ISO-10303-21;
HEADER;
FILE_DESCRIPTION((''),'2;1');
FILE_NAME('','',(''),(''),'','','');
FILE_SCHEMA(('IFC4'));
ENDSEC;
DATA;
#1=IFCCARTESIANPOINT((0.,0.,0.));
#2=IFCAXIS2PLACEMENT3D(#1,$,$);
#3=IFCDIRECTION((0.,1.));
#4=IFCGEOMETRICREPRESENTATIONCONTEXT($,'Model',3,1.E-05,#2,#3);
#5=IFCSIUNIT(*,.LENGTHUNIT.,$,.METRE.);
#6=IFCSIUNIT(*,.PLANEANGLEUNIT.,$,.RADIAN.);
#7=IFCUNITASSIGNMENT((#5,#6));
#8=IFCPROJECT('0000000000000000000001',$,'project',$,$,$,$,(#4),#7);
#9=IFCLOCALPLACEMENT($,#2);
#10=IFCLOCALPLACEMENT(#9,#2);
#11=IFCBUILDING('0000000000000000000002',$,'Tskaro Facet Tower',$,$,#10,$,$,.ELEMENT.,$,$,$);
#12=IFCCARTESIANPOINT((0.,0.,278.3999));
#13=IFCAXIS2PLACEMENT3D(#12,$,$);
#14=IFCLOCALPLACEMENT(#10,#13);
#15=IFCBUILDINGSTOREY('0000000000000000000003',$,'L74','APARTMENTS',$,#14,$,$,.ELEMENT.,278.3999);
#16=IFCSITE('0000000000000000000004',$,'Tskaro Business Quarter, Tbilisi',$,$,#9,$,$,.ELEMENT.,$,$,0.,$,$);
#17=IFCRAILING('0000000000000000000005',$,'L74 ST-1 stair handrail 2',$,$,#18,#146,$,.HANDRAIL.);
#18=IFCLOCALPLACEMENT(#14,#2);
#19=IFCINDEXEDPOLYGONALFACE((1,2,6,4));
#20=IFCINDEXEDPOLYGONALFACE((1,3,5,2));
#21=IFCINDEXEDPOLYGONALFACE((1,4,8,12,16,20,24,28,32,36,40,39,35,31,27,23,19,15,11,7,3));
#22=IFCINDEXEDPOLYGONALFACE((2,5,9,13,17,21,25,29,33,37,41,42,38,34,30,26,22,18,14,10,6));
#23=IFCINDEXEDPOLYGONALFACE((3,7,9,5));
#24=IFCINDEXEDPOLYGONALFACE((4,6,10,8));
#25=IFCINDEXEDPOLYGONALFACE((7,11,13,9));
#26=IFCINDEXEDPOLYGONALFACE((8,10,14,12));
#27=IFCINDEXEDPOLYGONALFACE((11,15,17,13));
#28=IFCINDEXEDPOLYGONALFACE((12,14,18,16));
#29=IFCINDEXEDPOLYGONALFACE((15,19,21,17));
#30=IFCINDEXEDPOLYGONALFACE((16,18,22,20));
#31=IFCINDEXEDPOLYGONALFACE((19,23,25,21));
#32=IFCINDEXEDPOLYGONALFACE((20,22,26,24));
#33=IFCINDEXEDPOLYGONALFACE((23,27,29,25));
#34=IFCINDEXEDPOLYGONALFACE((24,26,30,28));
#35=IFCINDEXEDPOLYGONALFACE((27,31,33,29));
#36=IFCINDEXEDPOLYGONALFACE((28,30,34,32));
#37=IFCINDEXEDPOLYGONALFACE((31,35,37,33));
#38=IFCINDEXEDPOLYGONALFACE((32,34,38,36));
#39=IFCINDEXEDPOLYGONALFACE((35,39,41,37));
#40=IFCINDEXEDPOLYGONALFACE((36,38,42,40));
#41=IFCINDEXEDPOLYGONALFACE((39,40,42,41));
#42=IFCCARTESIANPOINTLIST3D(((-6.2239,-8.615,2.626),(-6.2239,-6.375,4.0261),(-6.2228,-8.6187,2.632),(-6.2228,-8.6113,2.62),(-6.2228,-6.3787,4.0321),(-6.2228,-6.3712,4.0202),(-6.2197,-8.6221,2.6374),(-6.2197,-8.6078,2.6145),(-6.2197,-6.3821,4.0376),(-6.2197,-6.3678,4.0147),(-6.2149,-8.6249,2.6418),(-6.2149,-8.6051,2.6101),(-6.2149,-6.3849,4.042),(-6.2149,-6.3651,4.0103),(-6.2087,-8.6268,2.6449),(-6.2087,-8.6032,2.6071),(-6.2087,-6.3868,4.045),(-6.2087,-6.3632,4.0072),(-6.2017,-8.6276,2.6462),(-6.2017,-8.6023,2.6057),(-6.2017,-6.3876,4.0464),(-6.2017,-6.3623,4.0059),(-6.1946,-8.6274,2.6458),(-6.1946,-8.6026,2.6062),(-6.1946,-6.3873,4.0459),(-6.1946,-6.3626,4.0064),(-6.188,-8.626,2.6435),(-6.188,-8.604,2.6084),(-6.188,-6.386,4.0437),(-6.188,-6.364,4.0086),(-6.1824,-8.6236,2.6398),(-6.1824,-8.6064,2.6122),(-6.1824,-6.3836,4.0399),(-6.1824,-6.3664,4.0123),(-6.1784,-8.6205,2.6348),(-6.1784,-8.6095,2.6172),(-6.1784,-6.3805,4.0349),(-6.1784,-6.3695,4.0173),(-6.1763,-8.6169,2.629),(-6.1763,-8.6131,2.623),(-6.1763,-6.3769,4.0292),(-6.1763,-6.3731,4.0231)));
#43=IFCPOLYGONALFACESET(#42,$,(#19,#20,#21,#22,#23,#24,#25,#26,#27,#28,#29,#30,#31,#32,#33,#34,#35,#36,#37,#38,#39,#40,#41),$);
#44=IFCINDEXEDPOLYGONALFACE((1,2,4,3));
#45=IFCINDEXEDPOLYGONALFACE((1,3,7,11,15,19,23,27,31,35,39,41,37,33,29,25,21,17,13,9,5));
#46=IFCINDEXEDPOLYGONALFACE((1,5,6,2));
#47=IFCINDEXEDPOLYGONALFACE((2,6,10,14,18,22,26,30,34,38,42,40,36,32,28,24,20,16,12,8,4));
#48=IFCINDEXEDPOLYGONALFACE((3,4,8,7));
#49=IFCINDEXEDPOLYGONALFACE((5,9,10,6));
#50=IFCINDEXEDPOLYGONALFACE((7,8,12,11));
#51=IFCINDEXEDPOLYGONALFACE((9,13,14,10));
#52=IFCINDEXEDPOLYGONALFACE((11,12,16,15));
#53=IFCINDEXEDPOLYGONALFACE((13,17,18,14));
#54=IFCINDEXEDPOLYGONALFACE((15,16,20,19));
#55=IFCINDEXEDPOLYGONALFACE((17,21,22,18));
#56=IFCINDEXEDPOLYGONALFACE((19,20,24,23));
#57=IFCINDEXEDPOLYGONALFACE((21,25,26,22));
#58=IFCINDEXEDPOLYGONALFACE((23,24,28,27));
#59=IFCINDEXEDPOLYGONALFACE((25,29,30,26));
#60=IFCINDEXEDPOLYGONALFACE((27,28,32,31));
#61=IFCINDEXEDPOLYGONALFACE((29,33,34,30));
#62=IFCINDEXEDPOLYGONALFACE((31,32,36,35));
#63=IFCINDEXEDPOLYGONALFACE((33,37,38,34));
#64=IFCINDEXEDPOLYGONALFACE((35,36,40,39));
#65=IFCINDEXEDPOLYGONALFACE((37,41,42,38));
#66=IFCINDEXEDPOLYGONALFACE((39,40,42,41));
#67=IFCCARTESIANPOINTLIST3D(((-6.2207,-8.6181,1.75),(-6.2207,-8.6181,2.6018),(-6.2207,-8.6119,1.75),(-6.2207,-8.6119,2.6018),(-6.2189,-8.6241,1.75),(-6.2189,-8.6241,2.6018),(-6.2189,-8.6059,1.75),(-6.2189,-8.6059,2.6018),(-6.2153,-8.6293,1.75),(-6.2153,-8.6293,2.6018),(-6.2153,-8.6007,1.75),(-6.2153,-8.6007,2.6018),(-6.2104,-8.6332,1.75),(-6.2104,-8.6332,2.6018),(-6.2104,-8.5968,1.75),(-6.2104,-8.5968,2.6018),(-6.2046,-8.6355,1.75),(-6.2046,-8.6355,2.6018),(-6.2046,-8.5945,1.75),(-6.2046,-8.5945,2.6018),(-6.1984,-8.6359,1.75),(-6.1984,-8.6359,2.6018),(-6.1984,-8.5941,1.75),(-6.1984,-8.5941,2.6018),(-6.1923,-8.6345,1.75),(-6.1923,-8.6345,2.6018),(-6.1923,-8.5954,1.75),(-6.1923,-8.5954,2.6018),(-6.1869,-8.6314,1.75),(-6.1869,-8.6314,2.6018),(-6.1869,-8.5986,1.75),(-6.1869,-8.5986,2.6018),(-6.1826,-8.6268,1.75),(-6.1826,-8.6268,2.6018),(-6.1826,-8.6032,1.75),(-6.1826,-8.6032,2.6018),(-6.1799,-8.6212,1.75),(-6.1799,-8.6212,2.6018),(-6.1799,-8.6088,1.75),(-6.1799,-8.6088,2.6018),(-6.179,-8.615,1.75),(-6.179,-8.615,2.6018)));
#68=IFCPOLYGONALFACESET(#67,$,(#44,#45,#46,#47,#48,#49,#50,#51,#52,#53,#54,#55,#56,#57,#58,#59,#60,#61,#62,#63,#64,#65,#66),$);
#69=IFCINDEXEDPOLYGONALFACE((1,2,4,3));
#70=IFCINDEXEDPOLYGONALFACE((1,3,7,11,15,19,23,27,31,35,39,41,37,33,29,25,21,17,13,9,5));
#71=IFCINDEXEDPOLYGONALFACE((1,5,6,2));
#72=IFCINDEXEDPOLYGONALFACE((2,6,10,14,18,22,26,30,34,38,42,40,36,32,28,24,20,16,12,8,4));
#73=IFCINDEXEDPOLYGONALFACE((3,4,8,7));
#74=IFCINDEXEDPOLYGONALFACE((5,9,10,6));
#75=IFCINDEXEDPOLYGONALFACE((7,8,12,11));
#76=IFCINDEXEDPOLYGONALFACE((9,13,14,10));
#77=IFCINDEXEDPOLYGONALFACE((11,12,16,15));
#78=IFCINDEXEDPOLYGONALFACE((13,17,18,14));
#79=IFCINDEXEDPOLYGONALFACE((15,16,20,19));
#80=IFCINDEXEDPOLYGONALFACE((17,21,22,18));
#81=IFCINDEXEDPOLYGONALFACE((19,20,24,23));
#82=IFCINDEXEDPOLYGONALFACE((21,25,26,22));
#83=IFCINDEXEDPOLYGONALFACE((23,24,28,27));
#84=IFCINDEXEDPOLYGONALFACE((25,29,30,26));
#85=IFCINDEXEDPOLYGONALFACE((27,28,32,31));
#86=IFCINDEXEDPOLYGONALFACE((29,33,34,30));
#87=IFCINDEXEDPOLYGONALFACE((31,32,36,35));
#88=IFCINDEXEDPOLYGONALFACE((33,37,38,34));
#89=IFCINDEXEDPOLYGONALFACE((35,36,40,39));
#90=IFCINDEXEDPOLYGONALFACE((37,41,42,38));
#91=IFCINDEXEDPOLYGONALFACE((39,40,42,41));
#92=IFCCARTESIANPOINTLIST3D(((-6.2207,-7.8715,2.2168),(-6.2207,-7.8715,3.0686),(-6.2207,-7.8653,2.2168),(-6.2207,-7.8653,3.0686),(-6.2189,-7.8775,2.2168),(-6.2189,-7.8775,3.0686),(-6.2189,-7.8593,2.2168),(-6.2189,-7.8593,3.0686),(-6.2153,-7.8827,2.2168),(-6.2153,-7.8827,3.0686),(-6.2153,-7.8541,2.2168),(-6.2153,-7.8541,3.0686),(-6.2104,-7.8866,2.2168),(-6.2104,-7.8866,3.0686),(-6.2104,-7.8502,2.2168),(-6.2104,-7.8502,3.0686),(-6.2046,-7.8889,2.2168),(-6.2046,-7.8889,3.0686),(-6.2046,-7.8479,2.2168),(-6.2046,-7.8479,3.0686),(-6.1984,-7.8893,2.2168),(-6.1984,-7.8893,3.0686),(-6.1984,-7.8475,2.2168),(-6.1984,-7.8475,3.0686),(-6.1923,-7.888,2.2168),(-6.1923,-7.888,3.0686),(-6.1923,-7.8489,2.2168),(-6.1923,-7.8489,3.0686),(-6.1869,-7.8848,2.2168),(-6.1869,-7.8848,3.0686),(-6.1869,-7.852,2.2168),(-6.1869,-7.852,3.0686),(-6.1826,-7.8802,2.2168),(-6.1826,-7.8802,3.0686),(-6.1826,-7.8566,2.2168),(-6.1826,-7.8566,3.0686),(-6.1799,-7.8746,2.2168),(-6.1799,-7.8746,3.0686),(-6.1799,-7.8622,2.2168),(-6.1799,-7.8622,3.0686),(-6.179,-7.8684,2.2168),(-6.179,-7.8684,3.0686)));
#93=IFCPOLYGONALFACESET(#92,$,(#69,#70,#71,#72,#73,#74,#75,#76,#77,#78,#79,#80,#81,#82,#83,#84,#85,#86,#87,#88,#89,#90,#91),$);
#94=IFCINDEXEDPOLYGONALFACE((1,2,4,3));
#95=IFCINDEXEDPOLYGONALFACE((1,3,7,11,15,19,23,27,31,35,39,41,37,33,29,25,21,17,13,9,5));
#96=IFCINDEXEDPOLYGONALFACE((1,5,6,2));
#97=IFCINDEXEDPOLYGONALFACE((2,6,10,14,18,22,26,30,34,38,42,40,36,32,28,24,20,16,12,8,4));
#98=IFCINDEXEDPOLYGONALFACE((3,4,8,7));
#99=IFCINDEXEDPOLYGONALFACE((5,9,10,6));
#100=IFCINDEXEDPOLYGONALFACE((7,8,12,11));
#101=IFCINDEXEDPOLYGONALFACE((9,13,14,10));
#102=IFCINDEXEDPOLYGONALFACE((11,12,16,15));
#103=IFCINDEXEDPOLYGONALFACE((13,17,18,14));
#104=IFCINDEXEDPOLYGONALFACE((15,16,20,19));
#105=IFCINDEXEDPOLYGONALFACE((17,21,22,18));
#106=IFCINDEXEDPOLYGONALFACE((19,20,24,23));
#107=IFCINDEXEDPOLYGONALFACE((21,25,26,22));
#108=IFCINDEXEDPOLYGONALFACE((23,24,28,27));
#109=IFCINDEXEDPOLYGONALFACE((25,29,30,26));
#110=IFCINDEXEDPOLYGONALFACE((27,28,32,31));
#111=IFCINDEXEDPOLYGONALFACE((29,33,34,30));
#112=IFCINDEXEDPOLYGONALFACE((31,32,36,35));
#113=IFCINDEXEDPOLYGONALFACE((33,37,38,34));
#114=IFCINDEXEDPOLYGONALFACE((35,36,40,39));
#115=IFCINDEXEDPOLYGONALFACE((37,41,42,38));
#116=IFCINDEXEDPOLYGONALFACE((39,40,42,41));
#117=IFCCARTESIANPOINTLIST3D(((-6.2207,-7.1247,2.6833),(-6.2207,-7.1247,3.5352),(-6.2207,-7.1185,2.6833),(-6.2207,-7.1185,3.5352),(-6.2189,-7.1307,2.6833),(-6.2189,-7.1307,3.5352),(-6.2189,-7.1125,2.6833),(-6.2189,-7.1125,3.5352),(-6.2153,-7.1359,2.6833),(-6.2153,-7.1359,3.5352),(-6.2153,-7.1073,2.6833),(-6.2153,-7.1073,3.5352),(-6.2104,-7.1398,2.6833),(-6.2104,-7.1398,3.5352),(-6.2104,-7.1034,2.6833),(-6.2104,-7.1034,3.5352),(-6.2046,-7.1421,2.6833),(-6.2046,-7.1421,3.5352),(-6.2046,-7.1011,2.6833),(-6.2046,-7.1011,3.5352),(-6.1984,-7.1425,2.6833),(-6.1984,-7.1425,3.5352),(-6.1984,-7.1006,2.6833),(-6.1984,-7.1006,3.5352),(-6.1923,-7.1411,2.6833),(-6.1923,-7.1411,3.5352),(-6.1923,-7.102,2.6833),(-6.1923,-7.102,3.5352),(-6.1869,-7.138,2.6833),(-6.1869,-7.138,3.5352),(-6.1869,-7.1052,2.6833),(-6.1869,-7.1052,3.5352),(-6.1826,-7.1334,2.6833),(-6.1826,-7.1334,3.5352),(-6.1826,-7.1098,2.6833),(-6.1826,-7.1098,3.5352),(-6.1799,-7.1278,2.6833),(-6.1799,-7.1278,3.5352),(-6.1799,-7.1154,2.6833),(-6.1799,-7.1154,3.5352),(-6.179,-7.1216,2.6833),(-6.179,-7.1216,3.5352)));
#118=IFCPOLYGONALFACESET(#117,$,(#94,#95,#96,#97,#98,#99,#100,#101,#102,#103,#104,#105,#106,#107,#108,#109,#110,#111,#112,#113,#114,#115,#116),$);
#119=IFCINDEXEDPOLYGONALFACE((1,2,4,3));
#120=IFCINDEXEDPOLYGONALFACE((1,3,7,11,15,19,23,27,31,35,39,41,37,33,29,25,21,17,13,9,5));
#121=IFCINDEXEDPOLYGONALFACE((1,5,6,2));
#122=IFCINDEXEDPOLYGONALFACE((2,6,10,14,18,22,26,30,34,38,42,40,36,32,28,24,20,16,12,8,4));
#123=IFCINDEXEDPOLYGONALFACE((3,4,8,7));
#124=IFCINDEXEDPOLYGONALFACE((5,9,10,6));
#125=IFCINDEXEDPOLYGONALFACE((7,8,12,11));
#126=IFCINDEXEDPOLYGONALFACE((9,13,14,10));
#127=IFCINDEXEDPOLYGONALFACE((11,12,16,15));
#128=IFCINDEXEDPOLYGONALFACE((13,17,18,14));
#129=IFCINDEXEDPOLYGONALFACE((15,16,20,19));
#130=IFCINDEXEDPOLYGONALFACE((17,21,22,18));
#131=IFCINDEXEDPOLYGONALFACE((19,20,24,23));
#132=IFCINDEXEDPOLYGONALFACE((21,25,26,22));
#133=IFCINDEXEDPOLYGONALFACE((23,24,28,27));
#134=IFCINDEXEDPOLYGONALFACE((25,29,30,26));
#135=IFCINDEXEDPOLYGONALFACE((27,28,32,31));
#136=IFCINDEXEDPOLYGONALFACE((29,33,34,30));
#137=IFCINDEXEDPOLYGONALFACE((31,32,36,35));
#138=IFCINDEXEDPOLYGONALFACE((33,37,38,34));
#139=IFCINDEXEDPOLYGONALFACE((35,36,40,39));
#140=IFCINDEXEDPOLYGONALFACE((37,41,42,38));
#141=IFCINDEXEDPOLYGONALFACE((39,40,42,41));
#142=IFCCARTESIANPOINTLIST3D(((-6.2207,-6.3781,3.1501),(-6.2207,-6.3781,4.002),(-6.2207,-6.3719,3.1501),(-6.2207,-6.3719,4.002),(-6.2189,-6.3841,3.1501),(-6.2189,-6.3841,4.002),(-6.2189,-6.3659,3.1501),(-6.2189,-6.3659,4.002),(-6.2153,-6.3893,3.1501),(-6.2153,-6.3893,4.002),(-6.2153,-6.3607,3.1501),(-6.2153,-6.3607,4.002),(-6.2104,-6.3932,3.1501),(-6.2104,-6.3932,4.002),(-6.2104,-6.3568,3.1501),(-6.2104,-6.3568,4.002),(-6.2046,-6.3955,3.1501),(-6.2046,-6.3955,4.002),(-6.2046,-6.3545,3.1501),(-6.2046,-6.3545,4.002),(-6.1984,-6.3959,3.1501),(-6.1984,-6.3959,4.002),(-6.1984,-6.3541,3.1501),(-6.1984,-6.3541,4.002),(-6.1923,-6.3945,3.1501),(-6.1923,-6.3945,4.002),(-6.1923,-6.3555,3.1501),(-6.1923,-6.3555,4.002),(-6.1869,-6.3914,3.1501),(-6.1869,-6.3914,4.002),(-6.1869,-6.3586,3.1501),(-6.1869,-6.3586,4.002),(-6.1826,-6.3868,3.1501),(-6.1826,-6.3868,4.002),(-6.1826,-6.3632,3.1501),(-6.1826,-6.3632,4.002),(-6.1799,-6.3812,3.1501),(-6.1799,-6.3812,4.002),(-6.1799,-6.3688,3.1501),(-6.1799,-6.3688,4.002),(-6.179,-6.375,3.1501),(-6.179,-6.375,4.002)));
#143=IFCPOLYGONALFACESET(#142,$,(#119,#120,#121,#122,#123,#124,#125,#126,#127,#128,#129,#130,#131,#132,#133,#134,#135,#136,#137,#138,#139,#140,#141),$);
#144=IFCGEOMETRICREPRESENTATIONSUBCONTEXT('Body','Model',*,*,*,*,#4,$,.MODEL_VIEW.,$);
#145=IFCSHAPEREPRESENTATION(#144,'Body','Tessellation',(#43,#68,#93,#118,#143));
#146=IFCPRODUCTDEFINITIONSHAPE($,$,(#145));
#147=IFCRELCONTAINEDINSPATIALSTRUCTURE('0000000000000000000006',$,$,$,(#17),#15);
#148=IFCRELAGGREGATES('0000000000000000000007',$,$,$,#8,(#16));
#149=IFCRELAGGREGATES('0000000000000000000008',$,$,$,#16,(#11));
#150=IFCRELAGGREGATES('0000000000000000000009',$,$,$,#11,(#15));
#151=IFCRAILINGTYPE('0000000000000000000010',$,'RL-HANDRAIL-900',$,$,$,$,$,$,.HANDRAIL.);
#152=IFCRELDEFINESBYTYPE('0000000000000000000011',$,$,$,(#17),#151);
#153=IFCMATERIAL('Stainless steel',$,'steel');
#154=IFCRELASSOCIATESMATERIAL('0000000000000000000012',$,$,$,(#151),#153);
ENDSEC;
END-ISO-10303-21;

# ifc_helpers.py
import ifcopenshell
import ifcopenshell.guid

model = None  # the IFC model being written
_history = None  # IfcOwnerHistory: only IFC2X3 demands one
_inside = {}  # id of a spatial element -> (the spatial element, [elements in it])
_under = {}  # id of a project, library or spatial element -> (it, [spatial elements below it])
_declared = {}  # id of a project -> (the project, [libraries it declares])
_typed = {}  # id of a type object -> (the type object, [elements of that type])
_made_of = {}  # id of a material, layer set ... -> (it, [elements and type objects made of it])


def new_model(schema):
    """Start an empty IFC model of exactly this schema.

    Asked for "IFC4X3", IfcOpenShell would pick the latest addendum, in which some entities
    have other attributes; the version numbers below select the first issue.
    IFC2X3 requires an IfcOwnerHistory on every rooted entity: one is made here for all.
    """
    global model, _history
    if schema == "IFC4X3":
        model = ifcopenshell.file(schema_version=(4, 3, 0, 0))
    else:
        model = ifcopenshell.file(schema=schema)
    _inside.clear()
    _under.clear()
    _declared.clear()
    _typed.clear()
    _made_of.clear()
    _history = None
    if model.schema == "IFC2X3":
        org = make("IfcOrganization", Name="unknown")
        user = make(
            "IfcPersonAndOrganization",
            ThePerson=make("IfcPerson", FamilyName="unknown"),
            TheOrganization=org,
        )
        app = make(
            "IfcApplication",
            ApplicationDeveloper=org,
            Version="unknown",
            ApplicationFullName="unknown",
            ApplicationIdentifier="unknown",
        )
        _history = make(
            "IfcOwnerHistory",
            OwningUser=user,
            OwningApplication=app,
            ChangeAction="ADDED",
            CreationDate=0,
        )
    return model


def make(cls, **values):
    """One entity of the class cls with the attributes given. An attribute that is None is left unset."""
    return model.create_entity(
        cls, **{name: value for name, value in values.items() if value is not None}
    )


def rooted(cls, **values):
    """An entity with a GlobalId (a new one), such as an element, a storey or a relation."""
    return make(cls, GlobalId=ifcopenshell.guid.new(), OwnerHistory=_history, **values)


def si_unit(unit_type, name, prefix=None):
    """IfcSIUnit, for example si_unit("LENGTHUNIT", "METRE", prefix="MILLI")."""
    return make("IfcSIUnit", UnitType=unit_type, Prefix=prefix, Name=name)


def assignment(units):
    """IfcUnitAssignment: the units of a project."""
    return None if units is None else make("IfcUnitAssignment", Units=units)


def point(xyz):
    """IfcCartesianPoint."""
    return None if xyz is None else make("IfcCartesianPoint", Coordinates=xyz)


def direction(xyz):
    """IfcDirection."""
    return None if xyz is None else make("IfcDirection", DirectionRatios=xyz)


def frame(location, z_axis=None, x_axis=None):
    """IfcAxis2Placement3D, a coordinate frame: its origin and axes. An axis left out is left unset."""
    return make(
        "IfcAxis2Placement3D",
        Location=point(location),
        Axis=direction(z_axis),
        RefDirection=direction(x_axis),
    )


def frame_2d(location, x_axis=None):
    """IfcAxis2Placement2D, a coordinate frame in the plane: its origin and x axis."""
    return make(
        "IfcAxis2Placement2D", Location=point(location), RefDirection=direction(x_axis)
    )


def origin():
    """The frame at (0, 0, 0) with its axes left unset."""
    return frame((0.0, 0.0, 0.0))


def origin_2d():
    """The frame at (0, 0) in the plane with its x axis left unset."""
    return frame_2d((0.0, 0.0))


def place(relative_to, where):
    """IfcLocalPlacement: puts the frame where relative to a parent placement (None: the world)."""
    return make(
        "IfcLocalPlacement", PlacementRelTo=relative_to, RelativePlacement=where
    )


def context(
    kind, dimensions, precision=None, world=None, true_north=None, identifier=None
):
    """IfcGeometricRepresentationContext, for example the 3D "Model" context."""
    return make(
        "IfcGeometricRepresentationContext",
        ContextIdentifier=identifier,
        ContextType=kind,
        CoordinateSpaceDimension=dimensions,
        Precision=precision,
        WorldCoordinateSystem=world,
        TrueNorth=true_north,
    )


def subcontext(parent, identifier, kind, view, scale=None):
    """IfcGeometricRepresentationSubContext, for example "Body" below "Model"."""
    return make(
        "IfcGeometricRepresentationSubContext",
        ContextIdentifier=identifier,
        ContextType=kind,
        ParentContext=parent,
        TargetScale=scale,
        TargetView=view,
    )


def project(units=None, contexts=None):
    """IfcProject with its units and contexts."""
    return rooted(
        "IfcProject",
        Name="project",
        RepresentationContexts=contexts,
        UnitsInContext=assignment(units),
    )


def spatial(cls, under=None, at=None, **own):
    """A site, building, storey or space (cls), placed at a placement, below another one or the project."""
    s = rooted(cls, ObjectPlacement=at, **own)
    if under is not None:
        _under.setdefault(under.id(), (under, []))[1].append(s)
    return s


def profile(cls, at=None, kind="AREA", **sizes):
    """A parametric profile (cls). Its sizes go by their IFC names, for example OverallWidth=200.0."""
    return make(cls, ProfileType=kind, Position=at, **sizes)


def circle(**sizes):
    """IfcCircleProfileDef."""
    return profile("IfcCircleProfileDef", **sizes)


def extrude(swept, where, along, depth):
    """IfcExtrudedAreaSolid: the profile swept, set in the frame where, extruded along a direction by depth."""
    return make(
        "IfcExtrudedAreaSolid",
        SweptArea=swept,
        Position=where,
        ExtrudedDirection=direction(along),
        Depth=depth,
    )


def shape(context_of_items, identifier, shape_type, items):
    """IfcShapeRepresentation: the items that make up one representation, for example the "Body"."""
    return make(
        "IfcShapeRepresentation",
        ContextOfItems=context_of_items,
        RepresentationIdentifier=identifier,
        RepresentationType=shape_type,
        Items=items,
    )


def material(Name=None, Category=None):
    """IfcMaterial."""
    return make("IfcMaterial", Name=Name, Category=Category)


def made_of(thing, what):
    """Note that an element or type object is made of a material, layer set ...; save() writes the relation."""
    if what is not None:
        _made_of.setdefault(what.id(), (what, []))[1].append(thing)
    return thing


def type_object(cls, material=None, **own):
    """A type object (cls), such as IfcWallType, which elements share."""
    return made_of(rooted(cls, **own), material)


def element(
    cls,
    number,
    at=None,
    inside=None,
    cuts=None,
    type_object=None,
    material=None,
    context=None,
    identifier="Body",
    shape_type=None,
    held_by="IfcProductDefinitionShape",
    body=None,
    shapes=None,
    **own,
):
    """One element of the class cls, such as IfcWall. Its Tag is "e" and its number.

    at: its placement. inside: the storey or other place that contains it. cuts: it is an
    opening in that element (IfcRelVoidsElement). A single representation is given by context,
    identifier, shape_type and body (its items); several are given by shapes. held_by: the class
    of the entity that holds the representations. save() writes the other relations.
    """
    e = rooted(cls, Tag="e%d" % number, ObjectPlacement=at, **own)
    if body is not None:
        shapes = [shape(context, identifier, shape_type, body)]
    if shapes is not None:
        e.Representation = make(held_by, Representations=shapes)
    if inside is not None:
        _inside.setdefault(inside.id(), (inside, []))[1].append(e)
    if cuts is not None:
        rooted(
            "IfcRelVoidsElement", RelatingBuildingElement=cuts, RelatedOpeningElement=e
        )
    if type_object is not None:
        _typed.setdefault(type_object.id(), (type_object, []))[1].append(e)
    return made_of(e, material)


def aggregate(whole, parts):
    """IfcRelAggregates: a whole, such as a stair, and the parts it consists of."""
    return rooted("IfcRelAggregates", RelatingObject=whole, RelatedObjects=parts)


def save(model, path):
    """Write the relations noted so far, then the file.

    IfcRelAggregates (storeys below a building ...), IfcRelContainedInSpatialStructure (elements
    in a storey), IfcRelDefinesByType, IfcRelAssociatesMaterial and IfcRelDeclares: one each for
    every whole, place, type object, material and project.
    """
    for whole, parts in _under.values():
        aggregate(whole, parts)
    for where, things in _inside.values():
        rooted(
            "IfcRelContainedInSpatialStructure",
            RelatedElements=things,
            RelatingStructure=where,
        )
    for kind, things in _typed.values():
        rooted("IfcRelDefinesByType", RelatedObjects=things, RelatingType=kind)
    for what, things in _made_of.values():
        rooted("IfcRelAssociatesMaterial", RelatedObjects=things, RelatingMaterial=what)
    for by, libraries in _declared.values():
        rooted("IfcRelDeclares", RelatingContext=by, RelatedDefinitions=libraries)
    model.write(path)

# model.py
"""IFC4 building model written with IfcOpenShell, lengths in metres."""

from ifc_helpers import new_model, si_unit, direction, frame, origin, origin_2d, place, context, subcontext, project, spatial, circle, extrude, material, type_object, element, save


model = new_model("IFC4")

# Units and contexts
model_context = context("Model", 3, precision=1e-05, world=origin(), true_north=direction((0.0, 1.0)))
body_context = subcontext(model_context, "Body", "Model", "MODEL_VIEW")
ifc_project = project(units=[si_unit("LENGTHUNIT", "METRE"), si_unit("PLANEANGLEUNIT", "RADIAN")], contexts=[model_context])

# Site, building, storey
site_placement = place(None, origin())
site = spatial("IfcSite", under=ifc_project, at=site_placement, Name="Tskaro Business Quarter, Tbilisi", CompositionType="ELEMENT", RefElevation=0.0)
building_placement = place(site_placement, origin())
building = spatial("IfcBuilding", under=site, at=building_placement, Name="Tskaro Facet Tower", CompositionType="ELEMENT")
storey_placement = place(building_placement, frame((0.0, 0.0, 278.3999)))
storey = spatial("IfcBuildingStorey", under=building, at=storey_placement, Name="L74", Description="APARTMENTS", CompositionType="ELEMENT", Elevation=278.3999)

# Shared definitions
ifc_material_1 = material(Name="Stainless steel", Category="steel")

# Railing
railing_type_1 = type_object("IfcRailingType", Name="RL-HANDRAIL-900", PredefinedType="HANDRAIL", material=ifc_material_1)
railing_1_placement = place(storey_placement, frame((-6.2, -8.615, 1.75)))
element("IfcRailing", 1, at=railing_1_placement, inside=storey, type_object=railing_type_1, Name="L74 ST-1 stair handrail 2", PredefinedType="HANDRAIL", context=body_context, shape_type="SweptSolid", body=[
    extrude(circle(Radius=0.0239, at=origin_2d()), frame((0.0, 0.0, 0.876), z_axis=(0.0, 0.847972, 0.53004), x_axis=(-1.0, 0.0, 0.0)), (0.0, 0.0, 1.0), 2.6416),
    extrude(circle(Radius=0.021, at=origin_2d()), origin(), (0.0, 0.0, 1.0), 0.8518),
    extrude(circle(Radius=0.021, at=origin_2d()), frame((0.0, 0.7466, 0.4668)), (0.0, 0.0, 1.0), 0.8518),
    extrude(circle(Radius=0.021, at=origin_2d()), frame((0.0, 1.4934, 0.9333)), (0.0, 0.0, 1.0), 0.8518),
    extrude(circle(Radius=0.021, at=origin_2d()), frame((0.0, 2.24, 1.4001)), (0.0, 0.0, 1.0), 0.8518),
])

save(model, "model.ifc")
